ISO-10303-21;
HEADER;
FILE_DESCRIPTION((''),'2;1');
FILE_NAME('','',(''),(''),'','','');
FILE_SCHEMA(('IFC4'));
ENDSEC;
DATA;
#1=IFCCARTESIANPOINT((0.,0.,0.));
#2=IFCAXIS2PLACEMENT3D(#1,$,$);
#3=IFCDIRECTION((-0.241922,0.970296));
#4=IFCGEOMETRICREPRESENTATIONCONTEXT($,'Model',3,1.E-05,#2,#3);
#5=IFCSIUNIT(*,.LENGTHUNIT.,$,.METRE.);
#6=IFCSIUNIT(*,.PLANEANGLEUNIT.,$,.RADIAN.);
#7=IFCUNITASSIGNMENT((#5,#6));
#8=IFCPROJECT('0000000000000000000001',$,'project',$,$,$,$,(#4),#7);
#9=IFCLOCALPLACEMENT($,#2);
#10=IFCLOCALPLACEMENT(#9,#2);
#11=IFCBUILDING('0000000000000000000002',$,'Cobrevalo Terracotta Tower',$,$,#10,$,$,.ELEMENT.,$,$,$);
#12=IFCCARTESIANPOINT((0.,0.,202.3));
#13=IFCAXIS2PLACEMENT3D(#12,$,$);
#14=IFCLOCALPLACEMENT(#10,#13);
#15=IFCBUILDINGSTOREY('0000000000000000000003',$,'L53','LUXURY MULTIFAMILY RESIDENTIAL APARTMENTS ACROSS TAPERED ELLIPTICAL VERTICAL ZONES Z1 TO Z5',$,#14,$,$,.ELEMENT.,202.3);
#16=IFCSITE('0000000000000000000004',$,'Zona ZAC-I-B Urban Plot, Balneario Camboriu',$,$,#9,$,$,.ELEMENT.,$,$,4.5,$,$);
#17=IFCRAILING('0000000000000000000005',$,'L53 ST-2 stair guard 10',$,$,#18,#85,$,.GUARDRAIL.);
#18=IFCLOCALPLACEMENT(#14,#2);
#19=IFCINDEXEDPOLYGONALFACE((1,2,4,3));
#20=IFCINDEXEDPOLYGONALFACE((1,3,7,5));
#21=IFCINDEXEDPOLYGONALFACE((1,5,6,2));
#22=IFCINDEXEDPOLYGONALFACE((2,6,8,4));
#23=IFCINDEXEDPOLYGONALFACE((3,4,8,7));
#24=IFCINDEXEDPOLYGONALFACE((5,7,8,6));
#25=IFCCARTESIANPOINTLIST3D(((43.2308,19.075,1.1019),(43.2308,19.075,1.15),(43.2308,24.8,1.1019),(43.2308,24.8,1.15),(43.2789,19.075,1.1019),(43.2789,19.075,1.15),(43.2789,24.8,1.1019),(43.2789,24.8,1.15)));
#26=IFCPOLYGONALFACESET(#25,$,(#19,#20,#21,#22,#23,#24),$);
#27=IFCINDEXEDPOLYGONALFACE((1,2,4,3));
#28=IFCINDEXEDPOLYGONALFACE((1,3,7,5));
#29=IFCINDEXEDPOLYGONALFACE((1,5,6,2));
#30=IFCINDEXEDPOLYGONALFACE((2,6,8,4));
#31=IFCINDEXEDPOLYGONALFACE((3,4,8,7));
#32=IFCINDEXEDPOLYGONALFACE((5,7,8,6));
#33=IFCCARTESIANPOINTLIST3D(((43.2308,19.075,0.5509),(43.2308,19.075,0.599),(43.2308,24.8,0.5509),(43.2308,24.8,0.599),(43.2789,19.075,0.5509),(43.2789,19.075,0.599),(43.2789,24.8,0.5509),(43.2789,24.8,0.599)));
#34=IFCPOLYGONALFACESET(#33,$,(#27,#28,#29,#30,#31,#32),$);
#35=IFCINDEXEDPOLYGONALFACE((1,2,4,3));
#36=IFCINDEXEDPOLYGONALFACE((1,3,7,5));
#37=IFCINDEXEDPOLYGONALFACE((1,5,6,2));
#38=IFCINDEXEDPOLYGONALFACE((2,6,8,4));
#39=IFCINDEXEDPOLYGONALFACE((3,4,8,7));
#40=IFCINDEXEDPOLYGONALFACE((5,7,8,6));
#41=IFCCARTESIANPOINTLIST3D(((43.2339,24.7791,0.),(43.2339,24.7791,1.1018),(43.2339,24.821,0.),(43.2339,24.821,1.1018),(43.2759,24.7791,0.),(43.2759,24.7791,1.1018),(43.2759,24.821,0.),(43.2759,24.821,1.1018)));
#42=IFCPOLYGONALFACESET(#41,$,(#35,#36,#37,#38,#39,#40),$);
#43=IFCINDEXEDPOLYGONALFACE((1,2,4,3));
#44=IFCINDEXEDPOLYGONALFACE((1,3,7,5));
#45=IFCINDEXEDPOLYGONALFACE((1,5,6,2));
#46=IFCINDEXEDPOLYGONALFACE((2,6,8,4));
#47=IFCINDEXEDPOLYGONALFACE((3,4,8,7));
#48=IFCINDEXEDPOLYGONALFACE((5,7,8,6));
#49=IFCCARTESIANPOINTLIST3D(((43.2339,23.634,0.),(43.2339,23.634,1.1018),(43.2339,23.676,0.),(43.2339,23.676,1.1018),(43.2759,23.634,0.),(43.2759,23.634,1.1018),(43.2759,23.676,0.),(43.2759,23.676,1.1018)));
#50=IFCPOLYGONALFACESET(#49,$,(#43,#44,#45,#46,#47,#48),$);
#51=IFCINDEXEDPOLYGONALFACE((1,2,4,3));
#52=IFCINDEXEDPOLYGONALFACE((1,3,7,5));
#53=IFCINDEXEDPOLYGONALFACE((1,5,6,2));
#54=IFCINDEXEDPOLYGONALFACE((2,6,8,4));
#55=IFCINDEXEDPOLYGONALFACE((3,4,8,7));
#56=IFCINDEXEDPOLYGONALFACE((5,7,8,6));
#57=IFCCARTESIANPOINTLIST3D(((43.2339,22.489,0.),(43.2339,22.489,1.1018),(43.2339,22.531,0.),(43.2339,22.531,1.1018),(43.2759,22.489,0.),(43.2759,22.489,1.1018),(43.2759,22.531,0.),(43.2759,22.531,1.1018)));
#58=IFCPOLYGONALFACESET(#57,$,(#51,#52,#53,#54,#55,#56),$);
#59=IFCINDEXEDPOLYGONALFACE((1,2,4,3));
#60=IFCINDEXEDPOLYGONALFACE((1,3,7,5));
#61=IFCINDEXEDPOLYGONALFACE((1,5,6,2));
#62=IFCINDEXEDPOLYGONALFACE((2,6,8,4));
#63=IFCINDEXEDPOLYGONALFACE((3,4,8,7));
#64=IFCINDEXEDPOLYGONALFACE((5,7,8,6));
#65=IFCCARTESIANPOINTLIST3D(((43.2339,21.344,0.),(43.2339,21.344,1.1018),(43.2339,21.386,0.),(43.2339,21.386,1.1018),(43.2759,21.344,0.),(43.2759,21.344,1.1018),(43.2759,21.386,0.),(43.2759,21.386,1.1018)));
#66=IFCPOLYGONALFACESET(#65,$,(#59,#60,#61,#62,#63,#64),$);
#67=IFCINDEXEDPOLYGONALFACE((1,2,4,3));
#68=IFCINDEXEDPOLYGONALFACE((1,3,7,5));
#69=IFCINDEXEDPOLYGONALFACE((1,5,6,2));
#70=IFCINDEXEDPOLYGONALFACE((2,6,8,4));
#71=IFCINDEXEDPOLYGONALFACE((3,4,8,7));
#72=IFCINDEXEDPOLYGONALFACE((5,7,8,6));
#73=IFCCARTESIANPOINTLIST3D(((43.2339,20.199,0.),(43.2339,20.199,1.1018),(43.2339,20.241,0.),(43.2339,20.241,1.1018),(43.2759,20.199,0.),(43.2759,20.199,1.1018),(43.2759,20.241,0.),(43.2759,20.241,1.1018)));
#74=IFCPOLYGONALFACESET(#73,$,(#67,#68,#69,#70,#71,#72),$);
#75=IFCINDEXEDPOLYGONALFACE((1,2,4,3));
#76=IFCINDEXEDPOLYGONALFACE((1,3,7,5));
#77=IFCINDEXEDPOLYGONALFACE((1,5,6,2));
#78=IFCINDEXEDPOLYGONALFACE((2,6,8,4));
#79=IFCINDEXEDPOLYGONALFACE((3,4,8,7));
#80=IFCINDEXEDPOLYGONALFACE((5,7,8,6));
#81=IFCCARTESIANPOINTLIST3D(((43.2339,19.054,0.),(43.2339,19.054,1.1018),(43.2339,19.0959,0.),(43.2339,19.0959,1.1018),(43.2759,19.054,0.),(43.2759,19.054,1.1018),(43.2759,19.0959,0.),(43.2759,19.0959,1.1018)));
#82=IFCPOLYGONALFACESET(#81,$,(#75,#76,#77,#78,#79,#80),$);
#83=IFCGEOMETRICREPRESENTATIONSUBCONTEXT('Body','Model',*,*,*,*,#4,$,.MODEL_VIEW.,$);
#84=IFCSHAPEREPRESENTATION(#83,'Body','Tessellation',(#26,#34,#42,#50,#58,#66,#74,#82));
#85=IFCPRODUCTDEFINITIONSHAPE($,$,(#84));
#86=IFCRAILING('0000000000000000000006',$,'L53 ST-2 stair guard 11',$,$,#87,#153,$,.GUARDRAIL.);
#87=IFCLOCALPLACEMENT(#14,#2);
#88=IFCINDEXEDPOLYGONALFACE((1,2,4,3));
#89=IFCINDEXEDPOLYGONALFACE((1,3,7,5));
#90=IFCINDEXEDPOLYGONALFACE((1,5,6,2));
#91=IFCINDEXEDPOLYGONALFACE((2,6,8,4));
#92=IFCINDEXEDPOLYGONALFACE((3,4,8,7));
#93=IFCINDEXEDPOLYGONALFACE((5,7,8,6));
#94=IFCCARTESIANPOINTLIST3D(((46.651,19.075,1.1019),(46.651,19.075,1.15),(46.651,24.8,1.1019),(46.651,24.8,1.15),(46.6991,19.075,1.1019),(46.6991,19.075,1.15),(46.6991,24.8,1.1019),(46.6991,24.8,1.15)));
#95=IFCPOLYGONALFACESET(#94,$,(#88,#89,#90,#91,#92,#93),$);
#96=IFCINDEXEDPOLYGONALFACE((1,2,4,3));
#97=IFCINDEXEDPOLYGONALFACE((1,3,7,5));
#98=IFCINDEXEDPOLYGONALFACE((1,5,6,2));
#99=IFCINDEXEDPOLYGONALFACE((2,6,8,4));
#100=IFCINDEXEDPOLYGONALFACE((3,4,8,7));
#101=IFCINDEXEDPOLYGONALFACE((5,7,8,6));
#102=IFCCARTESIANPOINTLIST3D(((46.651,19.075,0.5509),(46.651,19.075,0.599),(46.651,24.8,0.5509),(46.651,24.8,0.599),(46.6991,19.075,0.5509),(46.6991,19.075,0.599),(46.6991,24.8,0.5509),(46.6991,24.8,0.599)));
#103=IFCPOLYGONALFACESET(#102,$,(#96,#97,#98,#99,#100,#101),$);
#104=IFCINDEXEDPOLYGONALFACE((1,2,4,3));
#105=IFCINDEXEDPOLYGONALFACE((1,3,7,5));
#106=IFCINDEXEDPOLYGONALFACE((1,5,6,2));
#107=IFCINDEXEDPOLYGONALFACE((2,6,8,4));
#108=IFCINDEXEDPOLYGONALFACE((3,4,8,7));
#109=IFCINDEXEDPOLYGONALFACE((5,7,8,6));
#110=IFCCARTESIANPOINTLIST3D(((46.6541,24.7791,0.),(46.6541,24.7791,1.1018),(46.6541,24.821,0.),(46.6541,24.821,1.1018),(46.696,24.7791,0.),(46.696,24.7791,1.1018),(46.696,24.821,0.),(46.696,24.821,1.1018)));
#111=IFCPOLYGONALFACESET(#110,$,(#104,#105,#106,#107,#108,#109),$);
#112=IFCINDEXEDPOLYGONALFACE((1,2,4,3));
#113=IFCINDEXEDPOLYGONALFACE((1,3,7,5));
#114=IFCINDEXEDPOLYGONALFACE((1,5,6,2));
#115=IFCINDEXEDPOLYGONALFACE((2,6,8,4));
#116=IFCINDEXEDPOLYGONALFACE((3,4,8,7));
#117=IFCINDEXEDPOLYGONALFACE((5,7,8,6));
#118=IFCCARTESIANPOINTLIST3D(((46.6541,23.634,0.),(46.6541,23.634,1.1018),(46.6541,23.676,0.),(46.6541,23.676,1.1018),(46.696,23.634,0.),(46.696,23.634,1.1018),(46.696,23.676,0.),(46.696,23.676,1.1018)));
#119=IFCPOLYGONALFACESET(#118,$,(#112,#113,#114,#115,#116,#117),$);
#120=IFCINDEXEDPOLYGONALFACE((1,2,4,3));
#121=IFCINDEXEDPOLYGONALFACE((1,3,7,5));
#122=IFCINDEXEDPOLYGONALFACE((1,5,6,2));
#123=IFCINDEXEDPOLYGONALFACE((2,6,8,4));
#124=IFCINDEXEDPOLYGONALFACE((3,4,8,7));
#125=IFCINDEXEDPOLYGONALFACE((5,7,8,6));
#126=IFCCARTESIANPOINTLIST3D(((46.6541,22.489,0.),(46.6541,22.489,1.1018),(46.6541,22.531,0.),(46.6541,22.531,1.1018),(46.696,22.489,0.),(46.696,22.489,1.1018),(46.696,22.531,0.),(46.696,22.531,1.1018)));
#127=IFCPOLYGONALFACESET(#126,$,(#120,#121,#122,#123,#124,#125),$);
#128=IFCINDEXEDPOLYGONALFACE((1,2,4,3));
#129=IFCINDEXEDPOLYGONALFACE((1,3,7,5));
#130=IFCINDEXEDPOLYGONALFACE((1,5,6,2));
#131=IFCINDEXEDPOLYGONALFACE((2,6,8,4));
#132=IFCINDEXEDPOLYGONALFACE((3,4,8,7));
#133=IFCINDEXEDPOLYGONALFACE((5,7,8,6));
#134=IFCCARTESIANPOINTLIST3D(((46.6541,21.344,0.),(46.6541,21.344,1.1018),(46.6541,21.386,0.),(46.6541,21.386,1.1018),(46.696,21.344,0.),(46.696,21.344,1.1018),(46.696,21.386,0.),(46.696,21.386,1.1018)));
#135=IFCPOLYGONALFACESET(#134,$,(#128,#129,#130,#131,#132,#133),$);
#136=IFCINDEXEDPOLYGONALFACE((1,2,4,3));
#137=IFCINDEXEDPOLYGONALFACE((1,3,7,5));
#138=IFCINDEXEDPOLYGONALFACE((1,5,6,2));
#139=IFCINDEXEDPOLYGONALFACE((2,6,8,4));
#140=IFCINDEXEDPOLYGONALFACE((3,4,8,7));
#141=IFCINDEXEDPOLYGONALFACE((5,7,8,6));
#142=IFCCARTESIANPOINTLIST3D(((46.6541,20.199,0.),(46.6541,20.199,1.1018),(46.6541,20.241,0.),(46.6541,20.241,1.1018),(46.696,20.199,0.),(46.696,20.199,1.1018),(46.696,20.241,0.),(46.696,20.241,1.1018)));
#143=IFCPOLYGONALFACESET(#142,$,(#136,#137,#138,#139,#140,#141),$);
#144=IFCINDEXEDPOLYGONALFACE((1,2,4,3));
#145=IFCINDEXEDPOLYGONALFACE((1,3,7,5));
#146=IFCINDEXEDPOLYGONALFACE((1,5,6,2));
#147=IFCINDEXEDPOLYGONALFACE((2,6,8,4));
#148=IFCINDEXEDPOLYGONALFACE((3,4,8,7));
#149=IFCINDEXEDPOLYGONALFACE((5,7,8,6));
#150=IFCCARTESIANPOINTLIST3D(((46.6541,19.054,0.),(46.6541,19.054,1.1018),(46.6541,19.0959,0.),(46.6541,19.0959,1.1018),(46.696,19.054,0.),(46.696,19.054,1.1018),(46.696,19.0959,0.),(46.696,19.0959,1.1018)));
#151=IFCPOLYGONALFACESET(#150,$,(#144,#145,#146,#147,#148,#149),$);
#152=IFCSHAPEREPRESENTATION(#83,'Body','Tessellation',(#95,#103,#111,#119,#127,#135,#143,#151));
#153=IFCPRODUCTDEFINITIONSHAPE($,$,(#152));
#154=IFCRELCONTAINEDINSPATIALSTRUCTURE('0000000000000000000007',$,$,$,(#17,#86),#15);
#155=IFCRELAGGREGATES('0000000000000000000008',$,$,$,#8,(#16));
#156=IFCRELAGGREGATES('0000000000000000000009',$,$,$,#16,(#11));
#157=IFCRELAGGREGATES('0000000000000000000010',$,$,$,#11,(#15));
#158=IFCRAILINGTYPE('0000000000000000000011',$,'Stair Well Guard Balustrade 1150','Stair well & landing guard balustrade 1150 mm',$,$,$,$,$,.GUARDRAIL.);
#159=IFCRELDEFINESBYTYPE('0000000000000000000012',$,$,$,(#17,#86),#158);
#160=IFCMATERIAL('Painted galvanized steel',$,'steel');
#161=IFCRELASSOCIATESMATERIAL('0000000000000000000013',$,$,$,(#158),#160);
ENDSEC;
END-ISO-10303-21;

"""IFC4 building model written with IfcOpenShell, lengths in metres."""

from ifc_helpers import new_model, si_unit, direction, frame, origin, origin_2d, place, context, subcontext, project, spatial, rectangle, extrude, material, type_object, element, save


model = new_model("IFC4")

# Units and contexts
model_context = context("Model", 3, precision=1e-05, world=origin(), true_north=direction((-0.241922, 0.970296)))
body_context = subcontext(model_context, "Body", "Model", "MODEL_VIEW")
ifc_project = project(units=[si_unit("LENGTHUNIT", "METRE"), si_unit("PLANEANGLEUNIT", "RADIAN")], contexts=[model_context])

# Site, building, storey
site_placement = place(None, origin())
site = spatial("IfcSite", under=ifc_project, at=site_placement, Name="Zona ZAC-I-B Urban Plot, Balneario Camboriu", CompositionType="ELEMENT", RefElevation=4.5)
building_placement = place(site_placement, origin())
building = spatial("IfcBuilding", under=site, at=building_placement, Name="Cobrevalo Terracotta Tower", CompositionType="ELEMENT")
storey_placement = place(building_placement, frame((0.0, 0.0, 202.3)))
storey = spatial("IfcBuildingStorey", under=building, at=storey_placement, Name="L53", Description="LUXURY MULTIFAMILY RESIDENTIAL APARTMENTS ACROSS TAPERED ELLIPTICAL VERTICAL ZONES Z1 TO Z5", CompositionType="ELEMENT", Elevation=202.3)

# Railings
ifc_material_1 = material(Name="Painted galvanized steel", Category="steel")
railing_type_1 = type_object("IfcRailingType", Name="Stair Well Guard Balustrade 1150", Description="Stair well & landing guard balustrade 1150 mm", PredefinedType="GUARDRAIL", material=ifc_material_1)
for number, where, name in (
    (1, (43.2549, 24.8, 0.0), "L53 ST-2 stair guard 10"),
    (2, (46.675, 24.8, 0.0), "L53 ST-2 stair guard 11"),
):
    element("IfcRailing", number, at=place(storey_placement, frame(where)), inside=storey, type_object=railing_type_1, Name=name, PredefinedType="GUARDRAIL", context=body_context, shape_type="SweptSolid", body=[
        extrude(rectangle(XDim=0.0481, YDim=0.0481, at=origin_2d()), frame((0.0, 0.0, 1.126), z_axis=(0.0, -1.0, 0.0), x_axis=(1.0, 0.0, 0.0)), (0.0, 0.0, 1.0), 5.7251),
        extrude(rectangle(XDim=0.0481, YDim=0.0481, at=origin_2d()), frame((0.0, 0.0, 0.575), z_axis=(0.0, -1.0, 0.0), x_axis=(1.0, 0.0, 0.0)), (0.0, 0.0, 1.0), 5.7251),
        extrude(rectangle(XDim=0.042, YDim=0.042, at=origin_2d()), origin(), (0.0, 0.0, 1.0), 1.1018),
        extrude(rectangle(XDim=0.042, YDim=0.042, at=origin_2d()), frame((0.0, -1.145, 0.0)), (0.0, 0.0, 1.0), 1.1018),
        extrude(rectangle(XDim=0.042, YDim=0.042, at=origin_2d()), frame((0.0, -2.29, 0.0)), (0.0, 0.0, 1.0), 1.1018),
        extrude(rectangle(XDim=0.042, YDim=0.042, at=origin_2d()), frame((0.0, -3.4351, 0.0)), (0.0, 0.0, 1.0), 1.1018),
        extrude(rectangle(XDim=0.042, YDim=0.042, at=origin_2d()), frame((0.0, -4.5801, 0.0)), (0.0, 0.0, 1.0), 1.1018),
        extrude(rectangle(XDim=0.042, YDim=0.042, at=origin_2d()), frame((0.0, -5.7251, 0.0)), (0.0, 0.0, 1.0), 1.1018),
    ])

save(model, "model.ifc")
